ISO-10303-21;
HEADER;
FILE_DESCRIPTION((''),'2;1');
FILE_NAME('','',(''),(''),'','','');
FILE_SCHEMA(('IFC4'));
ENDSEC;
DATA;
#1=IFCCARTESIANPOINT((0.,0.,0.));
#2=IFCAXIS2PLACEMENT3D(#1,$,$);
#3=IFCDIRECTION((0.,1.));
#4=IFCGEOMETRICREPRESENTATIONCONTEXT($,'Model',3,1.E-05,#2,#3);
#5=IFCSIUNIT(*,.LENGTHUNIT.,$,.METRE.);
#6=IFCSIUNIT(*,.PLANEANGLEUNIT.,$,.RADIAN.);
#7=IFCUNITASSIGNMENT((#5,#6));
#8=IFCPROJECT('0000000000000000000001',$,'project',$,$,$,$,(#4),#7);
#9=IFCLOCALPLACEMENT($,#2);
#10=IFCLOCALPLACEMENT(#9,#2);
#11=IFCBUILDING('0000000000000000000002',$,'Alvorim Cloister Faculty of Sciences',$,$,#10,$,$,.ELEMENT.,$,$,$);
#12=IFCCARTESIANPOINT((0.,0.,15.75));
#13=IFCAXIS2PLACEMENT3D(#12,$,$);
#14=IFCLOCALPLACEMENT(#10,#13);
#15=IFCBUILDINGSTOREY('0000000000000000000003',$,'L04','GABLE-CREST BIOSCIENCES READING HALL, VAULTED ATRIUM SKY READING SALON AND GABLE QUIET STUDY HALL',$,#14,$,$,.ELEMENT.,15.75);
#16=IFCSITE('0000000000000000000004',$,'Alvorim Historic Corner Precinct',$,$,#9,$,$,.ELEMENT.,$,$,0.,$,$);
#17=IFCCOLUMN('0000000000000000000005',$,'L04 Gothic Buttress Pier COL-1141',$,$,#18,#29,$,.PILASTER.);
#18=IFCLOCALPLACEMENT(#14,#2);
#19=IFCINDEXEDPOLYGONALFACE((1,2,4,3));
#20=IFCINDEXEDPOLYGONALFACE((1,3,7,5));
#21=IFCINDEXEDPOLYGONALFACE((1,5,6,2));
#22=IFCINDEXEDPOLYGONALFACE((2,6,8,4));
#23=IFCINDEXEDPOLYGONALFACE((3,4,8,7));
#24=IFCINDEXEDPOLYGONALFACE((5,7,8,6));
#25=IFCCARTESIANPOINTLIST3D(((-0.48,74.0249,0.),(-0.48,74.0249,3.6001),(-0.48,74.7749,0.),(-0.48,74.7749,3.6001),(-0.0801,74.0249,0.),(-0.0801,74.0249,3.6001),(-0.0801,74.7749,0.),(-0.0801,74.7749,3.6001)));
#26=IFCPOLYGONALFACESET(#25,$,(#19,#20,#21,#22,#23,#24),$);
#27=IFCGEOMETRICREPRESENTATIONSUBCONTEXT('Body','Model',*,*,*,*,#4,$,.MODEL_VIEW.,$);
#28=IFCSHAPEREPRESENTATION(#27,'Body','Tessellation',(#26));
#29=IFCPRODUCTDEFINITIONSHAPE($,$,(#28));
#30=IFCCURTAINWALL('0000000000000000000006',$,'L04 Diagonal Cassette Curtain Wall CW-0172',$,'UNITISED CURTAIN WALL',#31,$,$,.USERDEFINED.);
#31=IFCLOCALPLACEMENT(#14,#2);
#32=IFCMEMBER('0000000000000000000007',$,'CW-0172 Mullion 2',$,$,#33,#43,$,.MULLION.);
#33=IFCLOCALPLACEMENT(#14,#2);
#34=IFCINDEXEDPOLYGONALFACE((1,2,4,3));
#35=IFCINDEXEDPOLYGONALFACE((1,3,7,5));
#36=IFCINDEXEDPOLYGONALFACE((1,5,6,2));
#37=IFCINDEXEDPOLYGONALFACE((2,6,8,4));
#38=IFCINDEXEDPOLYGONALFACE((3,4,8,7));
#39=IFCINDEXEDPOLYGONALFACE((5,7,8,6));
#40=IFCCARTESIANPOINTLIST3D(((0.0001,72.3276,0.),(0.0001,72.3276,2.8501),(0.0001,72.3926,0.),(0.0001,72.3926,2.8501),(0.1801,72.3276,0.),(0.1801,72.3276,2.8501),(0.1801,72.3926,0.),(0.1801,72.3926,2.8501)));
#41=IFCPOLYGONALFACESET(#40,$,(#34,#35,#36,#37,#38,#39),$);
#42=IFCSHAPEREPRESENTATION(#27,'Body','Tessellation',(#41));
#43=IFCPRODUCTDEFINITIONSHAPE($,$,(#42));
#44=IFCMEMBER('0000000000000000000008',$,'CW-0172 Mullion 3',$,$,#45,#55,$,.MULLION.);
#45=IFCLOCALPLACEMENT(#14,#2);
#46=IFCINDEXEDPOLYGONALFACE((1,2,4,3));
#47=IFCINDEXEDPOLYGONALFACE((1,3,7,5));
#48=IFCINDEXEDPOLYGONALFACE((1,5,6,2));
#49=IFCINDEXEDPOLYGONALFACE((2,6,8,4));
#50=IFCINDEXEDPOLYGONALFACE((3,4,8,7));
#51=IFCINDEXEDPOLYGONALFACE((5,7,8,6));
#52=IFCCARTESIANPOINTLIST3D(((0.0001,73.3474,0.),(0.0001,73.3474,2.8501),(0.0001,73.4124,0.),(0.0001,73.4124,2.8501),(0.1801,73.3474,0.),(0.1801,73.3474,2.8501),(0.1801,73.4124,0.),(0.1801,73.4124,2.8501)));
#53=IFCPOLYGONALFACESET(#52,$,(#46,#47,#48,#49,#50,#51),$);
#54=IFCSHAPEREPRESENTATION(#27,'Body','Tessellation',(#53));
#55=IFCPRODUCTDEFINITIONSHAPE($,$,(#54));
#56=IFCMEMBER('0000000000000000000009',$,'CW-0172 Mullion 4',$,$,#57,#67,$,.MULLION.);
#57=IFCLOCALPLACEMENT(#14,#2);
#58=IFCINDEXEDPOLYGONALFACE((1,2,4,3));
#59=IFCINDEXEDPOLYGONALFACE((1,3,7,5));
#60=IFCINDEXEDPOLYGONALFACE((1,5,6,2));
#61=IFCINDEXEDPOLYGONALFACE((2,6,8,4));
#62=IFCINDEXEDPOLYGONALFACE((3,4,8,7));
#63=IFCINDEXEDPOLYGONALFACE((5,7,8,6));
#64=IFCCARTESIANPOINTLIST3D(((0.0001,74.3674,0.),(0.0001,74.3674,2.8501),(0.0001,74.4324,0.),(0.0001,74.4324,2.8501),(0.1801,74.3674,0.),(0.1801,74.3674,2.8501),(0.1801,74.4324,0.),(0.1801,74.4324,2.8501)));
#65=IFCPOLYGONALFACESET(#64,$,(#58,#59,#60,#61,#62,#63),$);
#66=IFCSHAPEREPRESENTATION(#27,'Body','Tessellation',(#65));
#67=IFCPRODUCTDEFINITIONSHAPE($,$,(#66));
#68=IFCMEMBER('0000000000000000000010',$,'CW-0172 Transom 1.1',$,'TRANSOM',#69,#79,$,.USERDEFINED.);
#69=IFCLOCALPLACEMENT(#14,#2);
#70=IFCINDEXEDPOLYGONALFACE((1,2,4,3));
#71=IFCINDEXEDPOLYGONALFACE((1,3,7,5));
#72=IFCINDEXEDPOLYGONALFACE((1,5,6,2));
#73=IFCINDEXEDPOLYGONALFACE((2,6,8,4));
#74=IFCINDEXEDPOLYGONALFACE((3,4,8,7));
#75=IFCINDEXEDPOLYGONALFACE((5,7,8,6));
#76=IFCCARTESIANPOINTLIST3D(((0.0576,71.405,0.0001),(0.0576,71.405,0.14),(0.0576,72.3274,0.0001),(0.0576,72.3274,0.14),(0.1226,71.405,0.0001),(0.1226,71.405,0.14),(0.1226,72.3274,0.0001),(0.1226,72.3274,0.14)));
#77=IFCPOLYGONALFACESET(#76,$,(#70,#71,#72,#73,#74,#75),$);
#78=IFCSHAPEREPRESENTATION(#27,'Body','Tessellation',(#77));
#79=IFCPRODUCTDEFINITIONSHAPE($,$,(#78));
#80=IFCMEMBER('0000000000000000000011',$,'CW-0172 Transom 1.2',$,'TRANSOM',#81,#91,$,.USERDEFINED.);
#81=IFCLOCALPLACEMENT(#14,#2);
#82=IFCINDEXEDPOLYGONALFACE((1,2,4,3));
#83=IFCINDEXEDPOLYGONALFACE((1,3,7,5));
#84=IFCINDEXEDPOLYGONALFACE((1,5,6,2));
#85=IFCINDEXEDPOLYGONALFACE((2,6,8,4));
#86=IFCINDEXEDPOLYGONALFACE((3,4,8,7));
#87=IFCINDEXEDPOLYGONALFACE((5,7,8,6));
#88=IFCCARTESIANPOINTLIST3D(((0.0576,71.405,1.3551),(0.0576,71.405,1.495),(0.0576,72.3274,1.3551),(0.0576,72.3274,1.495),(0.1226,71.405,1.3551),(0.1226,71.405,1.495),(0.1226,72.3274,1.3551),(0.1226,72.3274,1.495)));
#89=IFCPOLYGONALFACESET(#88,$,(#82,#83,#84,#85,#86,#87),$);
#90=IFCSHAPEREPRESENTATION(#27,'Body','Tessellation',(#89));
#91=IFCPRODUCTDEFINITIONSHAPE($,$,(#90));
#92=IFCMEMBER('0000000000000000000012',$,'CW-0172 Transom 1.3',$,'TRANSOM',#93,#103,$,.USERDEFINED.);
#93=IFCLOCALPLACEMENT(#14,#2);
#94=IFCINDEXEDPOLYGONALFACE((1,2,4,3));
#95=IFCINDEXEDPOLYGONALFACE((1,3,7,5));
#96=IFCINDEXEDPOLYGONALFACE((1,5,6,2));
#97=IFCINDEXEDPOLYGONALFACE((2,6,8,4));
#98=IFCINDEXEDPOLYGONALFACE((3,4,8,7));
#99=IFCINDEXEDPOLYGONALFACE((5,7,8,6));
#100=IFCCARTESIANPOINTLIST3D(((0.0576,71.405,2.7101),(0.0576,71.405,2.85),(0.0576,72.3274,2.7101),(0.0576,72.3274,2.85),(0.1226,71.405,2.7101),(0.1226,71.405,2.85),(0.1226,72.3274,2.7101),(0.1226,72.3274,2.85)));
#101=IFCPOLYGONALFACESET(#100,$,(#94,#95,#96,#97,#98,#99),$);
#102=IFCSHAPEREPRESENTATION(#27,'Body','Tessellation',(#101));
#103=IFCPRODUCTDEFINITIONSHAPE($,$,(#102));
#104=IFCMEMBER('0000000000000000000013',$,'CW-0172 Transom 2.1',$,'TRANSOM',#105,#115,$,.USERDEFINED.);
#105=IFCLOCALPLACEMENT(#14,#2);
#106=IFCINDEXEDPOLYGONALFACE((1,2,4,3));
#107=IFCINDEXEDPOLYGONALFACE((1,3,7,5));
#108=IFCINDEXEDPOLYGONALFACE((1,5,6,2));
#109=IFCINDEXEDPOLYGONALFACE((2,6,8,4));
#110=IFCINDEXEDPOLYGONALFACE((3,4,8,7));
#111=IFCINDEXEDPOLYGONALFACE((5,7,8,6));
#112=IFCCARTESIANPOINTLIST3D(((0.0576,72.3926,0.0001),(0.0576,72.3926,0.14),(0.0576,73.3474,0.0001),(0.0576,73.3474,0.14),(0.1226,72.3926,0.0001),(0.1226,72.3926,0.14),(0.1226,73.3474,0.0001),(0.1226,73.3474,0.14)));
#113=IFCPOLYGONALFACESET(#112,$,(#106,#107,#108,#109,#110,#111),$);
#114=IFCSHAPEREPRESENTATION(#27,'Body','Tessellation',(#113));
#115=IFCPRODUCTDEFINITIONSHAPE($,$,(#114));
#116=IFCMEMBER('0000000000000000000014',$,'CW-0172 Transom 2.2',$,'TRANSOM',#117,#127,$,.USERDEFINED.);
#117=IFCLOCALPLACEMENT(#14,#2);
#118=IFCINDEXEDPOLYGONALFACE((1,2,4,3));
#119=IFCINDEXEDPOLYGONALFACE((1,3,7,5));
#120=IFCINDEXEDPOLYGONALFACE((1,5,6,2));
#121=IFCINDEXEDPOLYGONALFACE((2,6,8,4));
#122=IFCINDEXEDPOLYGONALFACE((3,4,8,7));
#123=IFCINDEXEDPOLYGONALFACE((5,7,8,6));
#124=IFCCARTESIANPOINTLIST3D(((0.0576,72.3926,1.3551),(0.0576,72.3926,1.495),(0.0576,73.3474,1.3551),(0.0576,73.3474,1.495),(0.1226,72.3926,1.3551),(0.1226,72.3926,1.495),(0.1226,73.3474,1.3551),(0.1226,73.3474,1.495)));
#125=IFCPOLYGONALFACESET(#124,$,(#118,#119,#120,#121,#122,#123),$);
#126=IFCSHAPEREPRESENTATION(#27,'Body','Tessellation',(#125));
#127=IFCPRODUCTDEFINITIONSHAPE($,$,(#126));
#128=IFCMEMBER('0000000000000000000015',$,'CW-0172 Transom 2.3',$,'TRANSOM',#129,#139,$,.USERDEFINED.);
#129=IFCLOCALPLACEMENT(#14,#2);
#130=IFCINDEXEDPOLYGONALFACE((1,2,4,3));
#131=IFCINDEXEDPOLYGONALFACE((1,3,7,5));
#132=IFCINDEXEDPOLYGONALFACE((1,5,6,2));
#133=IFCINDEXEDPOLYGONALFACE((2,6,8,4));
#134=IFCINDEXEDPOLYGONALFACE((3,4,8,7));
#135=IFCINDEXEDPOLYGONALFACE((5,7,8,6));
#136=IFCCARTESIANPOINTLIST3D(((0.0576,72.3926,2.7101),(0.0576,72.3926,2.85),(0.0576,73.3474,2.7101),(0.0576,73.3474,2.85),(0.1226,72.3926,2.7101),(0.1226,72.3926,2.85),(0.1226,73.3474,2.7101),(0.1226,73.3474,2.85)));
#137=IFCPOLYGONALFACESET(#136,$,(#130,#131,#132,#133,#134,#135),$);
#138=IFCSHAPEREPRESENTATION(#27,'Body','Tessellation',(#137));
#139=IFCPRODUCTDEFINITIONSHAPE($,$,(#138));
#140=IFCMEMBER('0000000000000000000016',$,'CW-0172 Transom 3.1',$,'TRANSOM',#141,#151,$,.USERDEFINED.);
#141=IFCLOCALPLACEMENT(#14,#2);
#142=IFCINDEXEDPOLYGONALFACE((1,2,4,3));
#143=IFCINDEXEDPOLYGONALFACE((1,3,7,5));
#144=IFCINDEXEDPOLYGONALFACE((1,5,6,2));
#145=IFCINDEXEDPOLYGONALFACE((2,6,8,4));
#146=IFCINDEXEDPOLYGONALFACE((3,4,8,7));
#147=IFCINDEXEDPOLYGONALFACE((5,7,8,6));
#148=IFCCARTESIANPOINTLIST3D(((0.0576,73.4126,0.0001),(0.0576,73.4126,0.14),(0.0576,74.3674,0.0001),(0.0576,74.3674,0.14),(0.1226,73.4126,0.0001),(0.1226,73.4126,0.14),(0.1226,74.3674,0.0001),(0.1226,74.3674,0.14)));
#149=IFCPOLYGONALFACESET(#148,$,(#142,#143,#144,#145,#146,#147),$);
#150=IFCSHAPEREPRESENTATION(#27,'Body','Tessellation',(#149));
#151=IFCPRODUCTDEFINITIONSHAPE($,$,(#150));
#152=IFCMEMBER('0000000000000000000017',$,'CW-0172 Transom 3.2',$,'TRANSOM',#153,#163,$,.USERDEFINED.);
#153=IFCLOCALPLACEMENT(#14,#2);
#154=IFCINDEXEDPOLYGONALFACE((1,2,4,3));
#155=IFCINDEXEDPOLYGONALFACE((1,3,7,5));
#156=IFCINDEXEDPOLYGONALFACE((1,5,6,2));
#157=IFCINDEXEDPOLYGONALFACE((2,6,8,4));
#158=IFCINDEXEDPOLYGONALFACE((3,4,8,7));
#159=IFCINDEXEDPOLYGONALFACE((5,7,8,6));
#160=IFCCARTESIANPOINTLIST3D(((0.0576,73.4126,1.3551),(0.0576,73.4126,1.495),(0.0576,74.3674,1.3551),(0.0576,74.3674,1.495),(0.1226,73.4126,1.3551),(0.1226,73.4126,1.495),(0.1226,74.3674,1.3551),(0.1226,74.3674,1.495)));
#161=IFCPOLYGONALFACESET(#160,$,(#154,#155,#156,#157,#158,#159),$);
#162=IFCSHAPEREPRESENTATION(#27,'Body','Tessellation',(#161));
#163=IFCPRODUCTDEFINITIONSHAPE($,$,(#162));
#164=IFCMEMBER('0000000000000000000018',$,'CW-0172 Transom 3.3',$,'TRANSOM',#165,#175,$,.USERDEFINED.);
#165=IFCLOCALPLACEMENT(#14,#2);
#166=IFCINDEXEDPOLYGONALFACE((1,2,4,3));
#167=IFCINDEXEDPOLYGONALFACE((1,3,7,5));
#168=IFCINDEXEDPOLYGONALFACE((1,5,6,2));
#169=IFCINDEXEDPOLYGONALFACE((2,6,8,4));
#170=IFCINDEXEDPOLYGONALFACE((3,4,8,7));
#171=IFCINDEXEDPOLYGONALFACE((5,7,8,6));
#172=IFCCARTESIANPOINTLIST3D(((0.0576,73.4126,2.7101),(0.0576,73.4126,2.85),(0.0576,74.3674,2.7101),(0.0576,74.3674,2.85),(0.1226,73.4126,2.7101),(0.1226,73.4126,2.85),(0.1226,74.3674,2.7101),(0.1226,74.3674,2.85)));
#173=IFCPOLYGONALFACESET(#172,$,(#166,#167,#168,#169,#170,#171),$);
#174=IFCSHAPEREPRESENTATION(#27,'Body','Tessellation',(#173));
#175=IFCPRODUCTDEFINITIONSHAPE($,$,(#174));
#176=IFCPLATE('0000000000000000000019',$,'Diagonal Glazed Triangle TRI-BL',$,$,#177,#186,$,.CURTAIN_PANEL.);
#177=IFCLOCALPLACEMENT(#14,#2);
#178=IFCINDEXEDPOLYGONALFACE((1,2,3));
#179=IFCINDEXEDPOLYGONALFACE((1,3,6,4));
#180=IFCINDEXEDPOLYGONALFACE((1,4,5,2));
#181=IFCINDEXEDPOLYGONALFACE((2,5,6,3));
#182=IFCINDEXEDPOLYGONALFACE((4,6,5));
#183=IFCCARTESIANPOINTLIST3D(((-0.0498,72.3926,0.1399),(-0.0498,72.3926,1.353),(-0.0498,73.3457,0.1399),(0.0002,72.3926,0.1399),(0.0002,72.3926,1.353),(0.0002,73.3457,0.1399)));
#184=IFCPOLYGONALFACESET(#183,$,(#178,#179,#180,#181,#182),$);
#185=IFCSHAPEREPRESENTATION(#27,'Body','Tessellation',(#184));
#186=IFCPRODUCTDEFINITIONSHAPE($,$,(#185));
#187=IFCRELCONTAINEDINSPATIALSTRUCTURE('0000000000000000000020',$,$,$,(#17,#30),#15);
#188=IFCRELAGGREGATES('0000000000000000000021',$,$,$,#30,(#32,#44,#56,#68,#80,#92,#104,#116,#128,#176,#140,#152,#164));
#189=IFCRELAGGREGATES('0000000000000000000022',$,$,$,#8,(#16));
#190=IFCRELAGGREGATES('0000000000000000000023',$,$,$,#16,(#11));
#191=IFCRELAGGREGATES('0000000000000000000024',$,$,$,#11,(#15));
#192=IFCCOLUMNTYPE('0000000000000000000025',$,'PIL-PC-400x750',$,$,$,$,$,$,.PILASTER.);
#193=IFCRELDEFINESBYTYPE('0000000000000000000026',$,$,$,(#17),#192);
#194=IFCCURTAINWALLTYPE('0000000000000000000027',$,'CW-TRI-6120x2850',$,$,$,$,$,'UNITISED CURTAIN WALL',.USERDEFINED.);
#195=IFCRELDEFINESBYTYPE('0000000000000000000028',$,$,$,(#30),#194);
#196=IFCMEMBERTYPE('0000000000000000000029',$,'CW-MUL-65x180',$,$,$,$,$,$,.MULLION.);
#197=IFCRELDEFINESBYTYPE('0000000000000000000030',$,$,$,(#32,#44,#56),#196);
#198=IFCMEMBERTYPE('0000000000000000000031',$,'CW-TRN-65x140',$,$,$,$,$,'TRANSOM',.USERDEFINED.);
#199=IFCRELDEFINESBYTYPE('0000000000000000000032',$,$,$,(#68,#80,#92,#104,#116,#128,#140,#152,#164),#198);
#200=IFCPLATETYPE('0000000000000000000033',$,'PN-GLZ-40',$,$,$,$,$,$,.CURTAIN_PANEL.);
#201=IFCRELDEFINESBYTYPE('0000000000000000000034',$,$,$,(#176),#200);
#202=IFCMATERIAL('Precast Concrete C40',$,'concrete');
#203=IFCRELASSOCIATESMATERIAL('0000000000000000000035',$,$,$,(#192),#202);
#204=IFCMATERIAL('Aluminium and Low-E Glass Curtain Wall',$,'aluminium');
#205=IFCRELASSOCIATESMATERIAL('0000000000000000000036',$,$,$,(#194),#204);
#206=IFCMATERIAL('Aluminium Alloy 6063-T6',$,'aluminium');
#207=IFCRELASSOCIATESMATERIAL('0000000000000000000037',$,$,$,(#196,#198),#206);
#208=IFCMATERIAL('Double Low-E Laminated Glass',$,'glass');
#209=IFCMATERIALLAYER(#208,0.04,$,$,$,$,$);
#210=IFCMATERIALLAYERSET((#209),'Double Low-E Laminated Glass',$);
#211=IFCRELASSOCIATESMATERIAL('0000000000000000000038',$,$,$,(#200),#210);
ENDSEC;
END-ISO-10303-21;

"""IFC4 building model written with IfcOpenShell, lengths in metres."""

from ifc_helpers import new_model, si_unit, direction, frame, origin, origin_2d, place, context, subcontext, project, spatial, polyline, rectangle, outline, extrude, material, layer, layer_set, material_profile, profile_set, type_object, element, aggregate, save


model = new_model("IFC4")

# Units and contexts
model_context = context("Model", 3, precision=1e-05, world=origin(), true_north=direction((0.0, 1.0)))
body_context = subcontext(model_context, "Body", "Model", "MODEL_VIEW")
ifc_project = project(units=[si_unit("LENGTHUNIT", "METRE"), si_unit("PLANEANGLEUNIT", "RADIAN")], contexts=[model_context])

# Site, building, storey
site_placement = place(None, origin())
site = spatial("IfcSite", under=ifc_project, at=site_placement, Name="Alvorim Historic Corner Precinct", CompositionType="ELEMENT", RefElevation=0.0)
building_placement = place(site_placement, origin())
building = spatial("IfcBuilding", under=site, at=building_placement, Name="Alvorim Cloister Faculty of Sciences", CompositionType="ELEMENT")
storey_placement = place(building_placement, frame((0.0, 0.0, 15.75)))
storey = spatial("IfcBuildingStorey", under=building, at=storey_placement, Name="L04", Description="GABLE-CREST BIOSCIENCES READING HALL, VAULTED ATRIUM SKY READING SALON AND GABLE QUIET STUDY HALL", CompositionType="ELEMENT", Elevation=15.75)

# Column
ifc_material_1 = material(Name="Precast Concrete C40", Category="concrete")
ifc_material_profile_1 = material_profile(ifc_material_1, rectangle(XDim=0.3999, YDim=0.75, at=origin_2d()), Name="RC40-PIL-400x750")
ifc_profile_set_1 = profile_set([ifc_material_profile_1], Name="Precast Concrete C40")
column_type = type_object("IfcColumnType", Name="PIL-PC-400x750", PredefinedType="PILASTER", material=ifc_profile_set_1)
column_placement = place(storey_placement, frame((-0.28, 74.3999, 0.0), z_axis=(0.0, 0.0, 1.0), x_axis=(1.0, 0.0, 0.0)))
element("IfcColumn", 1, at=column_placement, inside=storey, type_object=column_type, Name="L04 Gothic Buttress Pier COL-1141", PredefinedType="PILASTER", context=body_context, shape_type="SweptSolid", body=[
    extrude(rectangle(XDim=0.3999, YDim=0.75, at=origin_2d()), origin(), (0.0, 0.0, 1.0), 3.6001),
])

# Curtain wall, members, plate
ifc_material_2 = material(Name="Aluminium and Low-E Glass Curtain Wall", Category="aluminium")
curtain_wall_type = type_object("IfcCurtainWallType", Name="CW-TRI-6120x2850", ElementType="UNITISED CURTAIN WALL", PredefinedType="USERDEFINED", material=ifc_material_2)
curtain_wall_placement = place(storey_placement, origin())
curtain_wall = element("IfcCurtainWall", 2, at=curtain_wall_placement, inside=storey, type_object=curtain_wall_type, Name="L04 Diagonal Cassette Curtain Wall CW-0172", ObjectType="UNITISED CURTAIN WALL", PredefinedType="USERDEFINED")
ifc_material_3 = material(Name="Aluminium Alloy 6063-T6", Category="aluminium")
ifc_material_profile_2 = material_profile(ifc_material_3, rectangle(XDim=0.0649, YDim=0.1799, at=origin_2d()), Name="ALU-MUL-65x180")
ifc_profile_set_2 = profile_set([ifc_material_profile_2], Name="Aluminium Alloy 6063-T6")
member_type_1 = type_object("IfcMemberType", Name="CW-MUL-65x180", PredefinedType="MULLION", material=ifc_profile_set_2)
member_1_placement = place(storey_placement, frame((0.0901, 72.3601, 0.0), z_axis=(0.0, 0.0, 1.0), x_axis=(0.0, 1.0, 0.0)))
member_1 = element("IfcMember", 3, at=member_1_placement, type_object=member_type_1, Name="CW-0172 Mullion 2", PredefinedType="MULLION", context=body_context, shape_type="SweptSolid", body=[
    extrude(rectangle(XDim=0.0649, YDim=0.1799, at=origin_2d()), origin(), (0.0, 0.0, 1.0), 2.8501),
])
member_2_placement = place(storey_placement, frame((0.0901, 73.3799, 0.0), z_axis=(0.0, 0.0, 1.0), x_axis=(0.0, 1.0, 0.0)))
member_2 = element("IfcMember", 4, at=member_2_placement, type_object=member_type_1, Name="CW-0172 Mullion 3", PredefinedType="MULLION", context=body_context, shape_type="SweptSolid", body=[
    extrude(rectangle(XDim=0.0649, YDim=0.1799, at=origin_2d()), origin(), (0.0, 0.0, 1.0), 2.8501),
])
member_3_placement = place(storey_placement, frame((0.0901, 74.3999, 0.0), z_axis=(0.0, 0.0, 1.0), x_axis=(0.0, 1.0, 0.0)))
member_3 = element("IfcMember", 5, at=member_3_placement, type_object=member_type_1, Name="CW-0172 Mullion 4", PredefinedType="MULLION", context=body_context, shape_type="SweptSolid", body=[
    extrude(rectangle(XDim=0.0649, YDim=0.1799, at=origin_2d()), origin(), (0.0, 0.0, 1.0), 2.8501),
])
ifc_material_profile_3 = material_profile(ifc_material_3, rectangle(XDim=0.0649, YDim=0.1399, at=origin_2d()), Name="ALU-TRN-65x140")
ifc_profile_set_3 = profile_set([ifc_material_profile_3], Name="Aluminium Alloy 6063-T6")
member_type_2 = type_object("IfcMemberType", Name="CW-TRN-65x140", ElementType="TRANSOM", PredefinedType="USERDEFINED", material=ifc_profile_set_3)
member_4_placement = place(storey_placement, frame((0.0901, 71.405, 0.0701), z_axis=(0.0, 1.0, 0.0), x_axis=(-1.0, 0.0, 0.0)))
member_4 = element("IfcMember", 6, at=member_4_placement, type_object=member_type_2, Name="CW-0172 Transom 1.1", ObjectType="TRANSOM", PredefinedType="USERDEFINED", context=body_context, shape_type="SweptSolid", body=[
    extrude(rectangle(XDim=0.0649, YDim=0.1399, at=origin_2d()), origin(), (0.0, 0.0, 1.0), 0.9224),
])
member_5_placement = place(storey_placement, frame((0.0901, 71.405, 1.425), z_axis=(0.0, 1.0, 0.0), x_axis=(-1.0, 0.0, 0.0)))
member_5 = element("IfcMember", 7, at=member_5_placement, type_object=member_type_2, Name="CW-0172 Transom 1.2", ObjectType="TRANSOM", PredefinedType="USERDEFINED", context=body_context, shape_type="SweptSolid", body=[
    extrude(rectangle(XDim=0.0649, YDim=0.1399, at=origin_2d()), origin(), (0.0, 0.0, 1.0), 0.9224),
])
member_6_placement = place(storey_placement, frame((0.0901, 71.405, 2.78), z_axis=(0.0, 1.0, 0.0), x_axis=(-1.0, 0.0, 0.0)))
member_6 = element("IfcMember", 8, at=member_6_placement, type_object=member_type_2, Name="CW-0172 Transom 1.3", ObjectType="TRANSOM", PredefinedType="USERDEFINED", context=body_context, shape_type="SweptSolid", body=[
    extrude(rectangle(XDim=0.0649, YDim=0.1399, at=origin_2d()), origin(), (0.0, 0.0, 1.0), 0.9224),
])
member_7_placement = place(storey_placement, frame((0.0901, 72.3926, 0.0701), z_axis=(0.0, 1.0, 0.0), x_axis=(-1.0, 0.0, 0.0)))
member_7 = element("IfcMember", 9, at=member_7_placement, type_object=member_type_2, Name="CW-0172 Transom 2.1", ObjectType="TRANSOM", PredefinedType="USERDEFINED", context=body_context, shape_type="SweptSolid", body=[
    extrude(rectangle(XDim=0.0649, YDim=0.1399, at=origin_2d()), origin(), (0.0, 0.0, 1.0), 0.9548),
])
member_8_placement = place(storey_placement, frame((0.0901, 72.3926, 1.425), z_axis=(0.0, 1.0, 0.0), x_axis=(-1.0, 0.0, 0.0)))
member_8 = element("IfcMember", 10, at=member_8_placement, type_object=member_type_2, Name="CW-0172 Transom 2.2", ObjectType="TRANSOM", PredefinedType="USERDEFINED", context=body_context, shape_type="SweptSolid", body=[
    extrude(rectangle(XDim=0.0649, YDim=0.1399, at=origin_2d()), origin(), (0.0, 0.0, 1.0), 0.9548),
])
member_9_placement = place(storey_placement, frame((0.0901, 72.3926, 2.78), z_axis=(0.0, 1.0, 0.0), x_axis=(-1.0, 0.0, 0.0)))
member_9 = element("IfcMember", 11, at=member_9_placement, type_object=member_type_2, Name="CW-0172 Transom 2.3", ObjectType="TRANSOM", PredefinedType="USERDEFINED", context=body_context, shape_type="SweptSolid", body=[
    extrude(rectangle(XDim=0.0649, YDim=0.1399, at=origin_2d()), origin(), (0.0, 0.0, 1.0), 0.9548),
])
member_10_placement = place(storey_placement, frame((0.0901, 73.4126, 0.0701), z_axis=(0.0, 1.0, 0.0), x_axis=(-1.0, 0.0, 0.0)))
member_10 = element("IfcMember", 12, at=member_10_placement, type_object=member_type_2, Name="CW-0172 Transom 3.1", ObjectType="TRANSOM", PredefinedType="USERDEFINED", context=body_context, shape_type="SweptSolid", body=[
    extrude(rectangle(XDim=0.0649, YDim=0.1399, at=origin_2d()), origin(), (0.0, 0.0, 1.0), 0.9548),
])
member_11_placement = place(storey_placement, frame((0.0901, 73.4126, 1.425), z_axis=(0.0, 1.0, 0.0), x_axis=(-1.0, 0.0, 0.0)))
member_11 = element("IfcMember", 13, at=member_11_placement, type_object=member_type_2, Name="CW-0172 Transom 3.2", ObjectType="TRANSOM", PredefinedType="USERDEFINED", context=body_context, shape_type="SweptSolid", body=[
    extrude(rectangle(XDim=0.0649, YDim=0.1399, at=origin_2d()), origin(), (0.0, 0.0, 1.0), 0.9548),
])
member_12_placement = place(storey_placement, frame((0.0901, 73.4126, 2.78), z_axis=(0.0, 1.0, 0.0), x_axis=(-1.0, 0.0, 0.0)))
member_12 = element("IfcMember", 14, at=member_12_placement, type_object=member_type_2, Name="CW-0172 Transom 3.3", ObjectType="TRANSOM", PredefinedType="USERDEFINED", context=body_context, shape_type="SweptSolid", body=[
    extrude(rectangle(XDim=0.0649, YDim=0.1399, at=origin_2d()), origin(), (0.0, 0.0, 1.0), 0.9548),
])
ifc_material_4 = material(Name="Double Low-E Laminated Glass", Category="glass")
ifc_layer = layer(ifc_material_4, 0.04)
ifc_layer_set = layer_set([ifc_layer], Name="Double Low-E Laminated Glass")
plate_type = type_object("IfcPlateType", Name="PN-GLZ-40", PredefinedType="CURTAIN_PANEL", material=ifc_layer_set)
plate_1_placement = place(storey_placement, frame((-0.0249, 72.3926, 0.1399), z_axis=(0.0, 0.0, 1.0), x_axis=(0.0, 1.0, 0.0)))
plate_1 = element("IfcPlate", 15, at=plate_1_placement, type_object=plate_type, Name="Diagonal Glazed Triangle TRI-BL", PredefinedType="CURTAIN_PANEL", context=body_context, shape_type="SweptSolid", body=[
    extrude(outline(polyline([(0.0, 0.0), (0.9531, 0.0), (0.0, 1.2131), (0.0, 0.0)])), frame((0.0, 0.0249, 0.0), z_axis=(0.0, -1.0, 0.0), x_axis=(1.0, 0.0, 0.0)), (0.0, 0.0, 1.0), 0.05),
])
aggregate(curtain_wall, [member_1, member_2, member_3, member_4, member_5, member_6, member_7, member_8, member_9, plate_1, member_10, member_11, member_12])

save(model, "model.ifc")
